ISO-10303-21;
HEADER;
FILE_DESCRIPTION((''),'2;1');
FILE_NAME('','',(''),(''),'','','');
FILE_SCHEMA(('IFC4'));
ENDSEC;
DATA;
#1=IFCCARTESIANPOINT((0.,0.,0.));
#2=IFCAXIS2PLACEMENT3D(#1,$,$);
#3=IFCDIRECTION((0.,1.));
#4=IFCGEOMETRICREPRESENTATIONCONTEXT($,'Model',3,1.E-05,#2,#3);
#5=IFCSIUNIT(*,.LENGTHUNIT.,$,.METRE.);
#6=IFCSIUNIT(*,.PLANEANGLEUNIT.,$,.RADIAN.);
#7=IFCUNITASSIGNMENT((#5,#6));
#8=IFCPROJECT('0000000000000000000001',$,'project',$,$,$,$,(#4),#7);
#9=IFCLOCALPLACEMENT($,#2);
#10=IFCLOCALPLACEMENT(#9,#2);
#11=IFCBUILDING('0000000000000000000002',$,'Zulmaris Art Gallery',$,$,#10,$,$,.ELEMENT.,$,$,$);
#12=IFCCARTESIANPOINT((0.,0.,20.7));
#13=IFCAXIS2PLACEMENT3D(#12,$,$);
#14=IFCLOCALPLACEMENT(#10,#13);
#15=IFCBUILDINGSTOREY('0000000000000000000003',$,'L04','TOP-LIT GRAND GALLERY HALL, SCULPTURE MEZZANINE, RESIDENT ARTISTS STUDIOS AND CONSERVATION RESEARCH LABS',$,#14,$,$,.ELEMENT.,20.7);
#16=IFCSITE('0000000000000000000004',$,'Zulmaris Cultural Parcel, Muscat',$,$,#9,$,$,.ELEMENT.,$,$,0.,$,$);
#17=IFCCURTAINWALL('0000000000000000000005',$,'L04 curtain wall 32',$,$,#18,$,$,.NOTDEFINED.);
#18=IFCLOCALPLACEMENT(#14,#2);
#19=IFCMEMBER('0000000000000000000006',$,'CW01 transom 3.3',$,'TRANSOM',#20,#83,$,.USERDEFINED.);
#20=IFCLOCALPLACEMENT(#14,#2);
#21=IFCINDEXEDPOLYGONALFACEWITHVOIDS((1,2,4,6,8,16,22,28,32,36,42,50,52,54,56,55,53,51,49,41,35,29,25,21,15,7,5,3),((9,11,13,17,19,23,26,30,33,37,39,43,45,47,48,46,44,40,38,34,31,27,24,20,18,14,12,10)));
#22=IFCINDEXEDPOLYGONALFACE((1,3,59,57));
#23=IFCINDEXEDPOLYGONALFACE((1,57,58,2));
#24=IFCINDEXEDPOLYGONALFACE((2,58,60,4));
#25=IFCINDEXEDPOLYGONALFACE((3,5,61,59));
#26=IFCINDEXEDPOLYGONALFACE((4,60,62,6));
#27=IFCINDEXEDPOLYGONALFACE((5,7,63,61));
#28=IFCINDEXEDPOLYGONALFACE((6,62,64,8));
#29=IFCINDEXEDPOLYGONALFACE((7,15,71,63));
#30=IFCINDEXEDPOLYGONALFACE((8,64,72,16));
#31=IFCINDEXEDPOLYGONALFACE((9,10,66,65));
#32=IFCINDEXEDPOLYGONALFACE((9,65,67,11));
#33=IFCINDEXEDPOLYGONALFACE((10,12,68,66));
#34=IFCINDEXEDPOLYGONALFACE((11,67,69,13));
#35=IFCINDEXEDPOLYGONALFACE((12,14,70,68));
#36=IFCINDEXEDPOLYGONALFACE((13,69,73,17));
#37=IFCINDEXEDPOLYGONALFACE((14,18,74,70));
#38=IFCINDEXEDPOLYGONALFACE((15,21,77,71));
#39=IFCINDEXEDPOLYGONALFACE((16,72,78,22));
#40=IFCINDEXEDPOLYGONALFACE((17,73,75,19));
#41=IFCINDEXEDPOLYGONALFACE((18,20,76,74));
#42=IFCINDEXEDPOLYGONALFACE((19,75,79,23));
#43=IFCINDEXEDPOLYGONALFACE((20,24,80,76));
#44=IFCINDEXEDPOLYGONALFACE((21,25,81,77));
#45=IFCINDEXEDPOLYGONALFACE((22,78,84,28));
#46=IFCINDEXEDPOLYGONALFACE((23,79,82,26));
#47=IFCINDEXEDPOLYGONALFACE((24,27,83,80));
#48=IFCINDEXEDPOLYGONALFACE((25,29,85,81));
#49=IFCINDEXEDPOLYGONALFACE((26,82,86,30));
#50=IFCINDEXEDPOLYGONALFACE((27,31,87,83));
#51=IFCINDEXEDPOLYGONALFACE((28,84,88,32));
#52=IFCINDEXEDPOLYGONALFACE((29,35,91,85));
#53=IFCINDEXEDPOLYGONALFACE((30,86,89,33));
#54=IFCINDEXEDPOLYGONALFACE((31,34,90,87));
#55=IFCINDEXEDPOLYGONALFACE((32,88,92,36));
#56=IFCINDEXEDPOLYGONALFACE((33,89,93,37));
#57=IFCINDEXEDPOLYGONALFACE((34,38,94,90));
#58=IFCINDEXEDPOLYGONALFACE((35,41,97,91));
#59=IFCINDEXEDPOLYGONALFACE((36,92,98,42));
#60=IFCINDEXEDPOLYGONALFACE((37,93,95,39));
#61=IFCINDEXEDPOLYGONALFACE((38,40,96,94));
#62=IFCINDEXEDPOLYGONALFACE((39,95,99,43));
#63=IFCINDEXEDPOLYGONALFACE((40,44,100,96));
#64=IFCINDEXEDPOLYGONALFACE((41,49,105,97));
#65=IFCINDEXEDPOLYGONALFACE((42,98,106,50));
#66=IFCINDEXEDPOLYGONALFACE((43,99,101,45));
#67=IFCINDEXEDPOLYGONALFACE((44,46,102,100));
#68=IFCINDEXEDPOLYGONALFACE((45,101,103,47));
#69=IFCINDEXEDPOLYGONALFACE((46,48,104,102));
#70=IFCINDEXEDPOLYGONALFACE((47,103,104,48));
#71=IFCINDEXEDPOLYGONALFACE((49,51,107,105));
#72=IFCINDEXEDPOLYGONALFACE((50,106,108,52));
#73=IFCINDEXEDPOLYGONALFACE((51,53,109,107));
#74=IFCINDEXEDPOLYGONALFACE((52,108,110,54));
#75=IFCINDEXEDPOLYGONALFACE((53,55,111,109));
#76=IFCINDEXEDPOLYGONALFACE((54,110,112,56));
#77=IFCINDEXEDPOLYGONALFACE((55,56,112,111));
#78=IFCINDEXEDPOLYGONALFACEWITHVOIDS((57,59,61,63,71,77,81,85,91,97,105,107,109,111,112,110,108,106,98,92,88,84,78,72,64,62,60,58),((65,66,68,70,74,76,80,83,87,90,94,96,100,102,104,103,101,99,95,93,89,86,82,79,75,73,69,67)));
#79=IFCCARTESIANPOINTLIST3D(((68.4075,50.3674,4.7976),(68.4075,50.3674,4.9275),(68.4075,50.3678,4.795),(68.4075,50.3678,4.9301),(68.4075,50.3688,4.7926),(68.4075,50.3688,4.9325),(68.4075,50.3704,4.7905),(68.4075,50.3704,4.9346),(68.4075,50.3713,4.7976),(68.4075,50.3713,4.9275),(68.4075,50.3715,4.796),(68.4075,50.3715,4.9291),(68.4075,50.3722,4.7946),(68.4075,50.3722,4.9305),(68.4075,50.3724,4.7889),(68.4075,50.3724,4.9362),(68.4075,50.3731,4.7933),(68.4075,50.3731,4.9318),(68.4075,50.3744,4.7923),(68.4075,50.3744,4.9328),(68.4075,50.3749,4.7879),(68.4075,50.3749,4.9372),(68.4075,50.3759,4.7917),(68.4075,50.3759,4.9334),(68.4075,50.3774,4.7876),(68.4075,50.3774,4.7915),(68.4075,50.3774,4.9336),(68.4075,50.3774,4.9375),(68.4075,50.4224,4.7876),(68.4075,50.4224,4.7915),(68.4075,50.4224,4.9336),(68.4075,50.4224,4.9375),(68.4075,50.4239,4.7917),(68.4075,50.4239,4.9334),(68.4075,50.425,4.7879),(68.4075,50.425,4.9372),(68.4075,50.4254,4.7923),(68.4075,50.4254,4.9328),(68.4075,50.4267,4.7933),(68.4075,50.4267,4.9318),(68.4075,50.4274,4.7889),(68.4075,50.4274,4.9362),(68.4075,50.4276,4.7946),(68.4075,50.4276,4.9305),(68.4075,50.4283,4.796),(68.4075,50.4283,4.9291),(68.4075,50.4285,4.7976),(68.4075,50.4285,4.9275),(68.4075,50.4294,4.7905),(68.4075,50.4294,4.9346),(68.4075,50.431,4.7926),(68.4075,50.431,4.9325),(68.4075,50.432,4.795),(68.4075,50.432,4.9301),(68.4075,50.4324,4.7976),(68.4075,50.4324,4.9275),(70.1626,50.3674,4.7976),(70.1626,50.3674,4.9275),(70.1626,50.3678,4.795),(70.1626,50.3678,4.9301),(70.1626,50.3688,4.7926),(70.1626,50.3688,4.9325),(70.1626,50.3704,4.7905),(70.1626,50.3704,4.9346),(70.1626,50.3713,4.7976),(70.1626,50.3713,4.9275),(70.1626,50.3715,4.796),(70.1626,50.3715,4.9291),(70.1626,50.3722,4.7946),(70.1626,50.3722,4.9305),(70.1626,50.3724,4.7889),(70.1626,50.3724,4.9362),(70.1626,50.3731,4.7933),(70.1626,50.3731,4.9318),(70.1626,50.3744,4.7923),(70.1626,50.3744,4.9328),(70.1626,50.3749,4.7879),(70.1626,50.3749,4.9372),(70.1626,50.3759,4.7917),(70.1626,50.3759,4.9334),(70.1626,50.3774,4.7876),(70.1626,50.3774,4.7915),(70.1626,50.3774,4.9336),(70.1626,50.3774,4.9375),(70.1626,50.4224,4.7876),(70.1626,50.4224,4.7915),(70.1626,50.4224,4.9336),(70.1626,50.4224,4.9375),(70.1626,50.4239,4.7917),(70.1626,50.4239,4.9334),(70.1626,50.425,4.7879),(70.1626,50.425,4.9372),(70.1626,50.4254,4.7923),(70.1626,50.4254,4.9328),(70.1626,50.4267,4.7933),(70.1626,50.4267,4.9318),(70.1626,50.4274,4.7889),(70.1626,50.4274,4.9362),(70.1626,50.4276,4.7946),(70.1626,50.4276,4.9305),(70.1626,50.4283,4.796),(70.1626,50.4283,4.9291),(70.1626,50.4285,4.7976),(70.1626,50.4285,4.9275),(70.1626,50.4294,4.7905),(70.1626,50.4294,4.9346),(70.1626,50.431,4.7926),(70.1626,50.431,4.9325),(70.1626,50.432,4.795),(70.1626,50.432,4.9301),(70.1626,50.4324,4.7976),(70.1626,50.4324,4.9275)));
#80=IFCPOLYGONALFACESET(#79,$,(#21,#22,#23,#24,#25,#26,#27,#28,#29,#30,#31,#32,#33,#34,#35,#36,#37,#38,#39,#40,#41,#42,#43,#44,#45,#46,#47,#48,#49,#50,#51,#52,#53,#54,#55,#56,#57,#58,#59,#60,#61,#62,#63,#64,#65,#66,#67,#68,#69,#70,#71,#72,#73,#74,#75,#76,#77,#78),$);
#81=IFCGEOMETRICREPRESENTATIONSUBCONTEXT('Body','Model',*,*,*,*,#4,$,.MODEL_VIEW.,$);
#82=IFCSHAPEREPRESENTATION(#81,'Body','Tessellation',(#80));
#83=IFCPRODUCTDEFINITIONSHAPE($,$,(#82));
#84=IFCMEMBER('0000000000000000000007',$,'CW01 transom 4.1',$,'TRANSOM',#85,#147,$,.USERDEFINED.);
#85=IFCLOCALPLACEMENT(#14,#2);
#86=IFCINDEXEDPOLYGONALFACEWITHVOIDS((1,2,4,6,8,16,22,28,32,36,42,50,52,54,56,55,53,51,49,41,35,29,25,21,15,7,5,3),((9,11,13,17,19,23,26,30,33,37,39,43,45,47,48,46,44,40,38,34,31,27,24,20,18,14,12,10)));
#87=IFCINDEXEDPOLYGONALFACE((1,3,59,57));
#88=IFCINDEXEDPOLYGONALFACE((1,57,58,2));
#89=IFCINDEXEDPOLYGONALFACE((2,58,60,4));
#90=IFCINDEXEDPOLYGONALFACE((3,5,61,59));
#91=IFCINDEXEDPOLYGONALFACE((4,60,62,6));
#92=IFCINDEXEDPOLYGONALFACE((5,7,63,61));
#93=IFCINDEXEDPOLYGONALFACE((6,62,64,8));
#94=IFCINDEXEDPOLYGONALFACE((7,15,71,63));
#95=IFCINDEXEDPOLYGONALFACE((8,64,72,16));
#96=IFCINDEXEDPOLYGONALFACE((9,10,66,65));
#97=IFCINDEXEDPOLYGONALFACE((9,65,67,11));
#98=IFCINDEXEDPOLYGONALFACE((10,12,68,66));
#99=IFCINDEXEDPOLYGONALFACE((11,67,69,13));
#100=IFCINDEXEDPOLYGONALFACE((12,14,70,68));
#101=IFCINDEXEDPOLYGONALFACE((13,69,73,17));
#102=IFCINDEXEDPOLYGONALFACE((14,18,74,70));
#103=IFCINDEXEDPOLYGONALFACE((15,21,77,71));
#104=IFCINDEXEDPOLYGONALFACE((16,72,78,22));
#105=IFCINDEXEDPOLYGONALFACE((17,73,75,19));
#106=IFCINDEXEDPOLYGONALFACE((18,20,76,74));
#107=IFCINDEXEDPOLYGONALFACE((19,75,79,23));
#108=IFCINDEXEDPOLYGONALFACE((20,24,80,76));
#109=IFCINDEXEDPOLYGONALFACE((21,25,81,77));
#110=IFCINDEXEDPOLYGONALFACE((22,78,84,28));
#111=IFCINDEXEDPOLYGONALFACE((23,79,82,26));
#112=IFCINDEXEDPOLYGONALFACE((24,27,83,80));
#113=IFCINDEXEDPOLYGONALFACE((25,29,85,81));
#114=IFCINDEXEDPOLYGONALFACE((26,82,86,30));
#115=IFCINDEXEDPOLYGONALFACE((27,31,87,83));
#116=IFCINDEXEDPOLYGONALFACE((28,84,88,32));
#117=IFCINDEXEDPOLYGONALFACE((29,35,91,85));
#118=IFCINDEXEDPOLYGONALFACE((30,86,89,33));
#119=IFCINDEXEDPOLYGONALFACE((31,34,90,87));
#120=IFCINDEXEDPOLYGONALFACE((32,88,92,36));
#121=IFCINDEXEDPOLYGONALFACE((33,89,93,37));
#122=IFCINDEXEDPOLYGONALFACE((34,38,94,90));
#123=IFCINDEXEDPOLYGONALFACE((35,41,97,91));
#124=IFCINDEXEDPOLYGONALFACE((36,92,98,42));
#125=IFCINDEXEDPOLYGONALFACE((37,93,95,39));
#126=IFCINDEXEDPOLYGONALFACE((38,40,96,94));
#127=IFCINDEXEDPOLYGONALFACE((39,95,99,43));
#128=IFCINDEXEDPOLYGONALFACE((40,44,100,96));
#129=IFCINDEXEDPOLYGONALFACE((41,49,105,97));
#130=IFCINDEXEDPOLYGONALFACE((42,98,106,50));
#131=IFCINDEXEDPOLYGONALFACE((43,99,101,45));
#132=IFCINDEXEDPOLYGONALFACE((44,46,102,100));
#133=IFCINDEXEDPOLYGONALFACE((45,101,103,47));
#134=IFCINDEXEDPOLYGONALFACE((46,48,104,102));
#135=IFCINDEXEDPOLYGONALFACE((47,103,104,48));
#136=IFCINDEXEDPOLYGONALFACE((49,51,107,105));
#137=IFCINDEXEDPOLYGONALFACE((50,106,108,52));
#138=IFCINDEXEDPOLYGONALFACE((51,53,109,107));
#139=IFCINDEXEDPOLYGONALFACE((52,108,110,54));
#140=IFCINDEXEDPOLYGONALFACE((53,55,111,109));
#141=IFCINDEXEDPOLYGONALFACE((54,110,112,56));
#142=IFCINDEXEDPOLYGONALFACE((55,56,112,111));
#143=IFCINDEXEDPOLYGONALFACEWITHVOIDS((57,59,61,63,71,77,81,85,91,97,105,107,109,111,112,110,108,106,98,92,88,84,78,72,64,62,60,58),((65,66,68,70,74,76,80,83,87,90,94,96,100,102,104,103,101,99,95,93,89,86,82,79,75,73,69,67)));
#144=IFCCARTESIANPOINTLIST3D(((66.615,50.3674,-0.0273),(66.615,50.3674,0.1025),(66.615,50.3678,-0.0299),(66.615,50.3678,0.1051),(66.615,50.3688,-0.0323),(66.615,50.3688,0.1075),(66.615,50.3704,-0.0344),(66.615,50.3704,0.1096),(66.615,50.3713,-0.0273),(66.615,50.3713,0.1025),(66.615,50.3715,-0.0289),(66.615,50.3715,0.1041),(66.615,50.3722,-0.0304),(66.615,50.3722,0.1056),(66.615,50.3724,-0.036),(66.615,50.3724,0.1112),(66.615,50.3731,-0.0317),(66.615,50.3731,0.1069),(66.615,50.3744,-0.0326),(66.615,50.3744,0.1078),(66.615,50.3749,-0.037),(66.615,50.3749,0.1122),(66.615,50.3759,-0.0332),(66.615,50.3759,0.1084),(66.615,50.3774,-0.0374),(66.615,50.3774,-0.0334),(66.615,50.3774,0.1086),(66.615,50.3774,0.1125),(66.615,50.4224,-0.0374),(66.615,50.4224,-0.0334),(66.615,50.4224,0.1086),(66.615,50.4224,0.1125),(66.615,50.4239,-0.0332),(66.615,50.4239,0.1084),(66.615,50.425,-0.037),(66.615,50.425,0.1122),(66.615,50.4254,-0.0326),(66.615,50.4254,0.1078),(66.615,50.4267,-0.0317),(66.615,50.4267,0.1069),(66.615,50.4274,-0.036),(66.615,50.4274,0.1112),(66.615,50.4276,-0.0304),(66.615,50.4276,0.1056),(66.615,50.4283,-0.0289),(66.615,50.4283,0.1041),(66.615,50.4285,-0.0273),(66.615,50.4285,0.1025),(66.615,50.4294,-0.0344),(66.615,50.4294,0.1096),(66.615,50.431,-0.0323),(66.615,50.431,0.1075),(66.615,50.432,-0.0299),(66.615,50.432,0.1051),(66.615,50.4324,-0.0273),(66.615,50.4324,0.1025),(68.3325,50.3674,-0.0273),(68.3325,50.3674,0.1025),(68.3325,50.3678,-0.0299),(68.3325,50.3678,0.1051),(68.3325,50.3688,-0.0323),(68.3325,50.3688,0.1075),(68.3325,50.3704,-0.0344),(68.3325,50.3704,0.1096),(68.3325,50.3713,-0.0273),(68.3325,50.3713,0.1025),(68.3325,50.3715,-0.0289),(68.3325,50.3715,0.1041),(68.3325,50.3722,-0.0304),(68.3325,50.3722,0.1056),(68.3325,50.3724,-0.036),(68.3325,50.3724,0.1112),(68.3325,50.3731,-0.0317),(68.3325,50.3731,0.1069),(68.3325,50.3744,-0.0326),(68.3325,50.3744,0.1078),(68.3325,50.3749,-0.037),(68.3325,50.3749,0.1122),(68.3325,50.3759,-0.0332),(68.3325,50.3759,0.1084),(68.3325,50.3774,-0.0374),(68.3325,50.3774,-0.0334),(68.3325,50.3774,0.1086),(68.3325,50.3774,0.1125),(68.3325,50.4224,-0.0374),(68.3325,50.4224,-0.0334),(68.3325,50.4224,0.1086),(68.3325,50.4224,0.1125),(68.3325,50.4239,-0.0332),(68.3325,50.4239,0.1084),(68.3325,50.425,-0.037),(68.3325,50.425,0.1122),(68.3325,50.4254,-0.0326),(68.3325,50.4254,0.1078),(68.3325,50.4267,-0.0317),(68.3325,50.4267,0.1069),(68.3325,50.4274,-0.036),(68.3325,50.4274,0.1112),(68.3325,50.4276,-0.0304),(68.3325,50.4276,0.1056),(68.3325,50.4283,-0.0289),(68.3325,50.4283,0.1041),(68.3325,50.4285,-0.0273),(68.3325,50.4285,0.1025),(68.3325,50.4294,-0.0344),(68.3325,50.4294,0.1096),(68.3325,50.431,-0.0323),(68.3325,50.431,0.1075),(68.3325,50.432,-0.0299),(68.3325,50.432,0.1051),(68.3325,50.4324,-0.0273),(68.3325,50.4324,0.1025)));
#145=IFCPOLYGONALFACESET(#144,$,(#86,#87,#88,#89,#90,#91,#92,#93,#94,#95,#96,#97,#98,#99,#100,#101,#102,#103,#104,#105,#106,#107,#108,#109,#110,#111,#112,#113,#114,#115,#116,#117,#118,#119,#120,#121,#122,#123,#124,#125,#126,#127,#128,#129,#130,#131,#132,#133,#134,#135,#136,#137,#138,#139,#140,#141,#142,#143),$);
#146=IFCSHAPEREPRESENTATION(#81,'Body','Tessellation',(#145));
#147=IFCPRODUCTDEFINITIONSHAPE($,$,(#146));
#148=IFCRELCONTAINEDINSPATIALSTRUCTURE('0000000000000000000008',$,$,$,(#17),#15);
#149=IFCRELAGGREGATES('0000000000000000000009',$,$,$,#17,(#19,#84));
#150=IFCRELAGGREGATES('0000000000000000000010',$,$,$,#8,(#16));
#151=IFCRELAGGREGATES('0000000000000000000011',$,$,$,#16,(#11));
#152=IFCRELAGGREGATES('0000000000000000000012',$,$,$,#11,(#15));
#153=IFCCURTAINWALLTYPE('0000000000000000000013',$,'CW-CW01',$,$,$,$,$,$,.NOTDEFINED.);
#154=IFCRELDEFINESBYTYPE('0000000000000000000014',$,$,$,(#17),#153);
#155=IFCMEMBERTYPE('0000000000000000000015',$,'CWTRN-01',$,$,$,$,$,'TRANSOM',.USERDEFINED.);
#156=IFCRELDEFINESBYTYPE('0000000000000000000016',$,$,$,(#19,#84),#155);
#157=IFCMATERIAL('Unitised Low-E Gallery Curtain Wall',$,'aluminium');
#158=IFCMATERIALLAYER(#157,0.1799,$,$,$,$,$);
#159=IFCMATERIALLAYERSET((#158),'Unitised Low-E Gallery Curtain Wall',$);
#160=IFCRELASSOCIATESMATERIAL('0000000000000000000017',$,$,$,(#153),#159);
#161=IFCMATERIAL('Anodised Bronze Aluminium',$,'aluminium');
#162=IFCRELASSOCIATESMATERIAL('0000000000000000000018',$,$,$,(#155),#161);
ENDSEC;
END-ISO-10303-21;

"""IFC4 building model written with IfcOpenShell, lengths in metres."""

from ifc_helpers import new_model, si_unit, direction, frame, origin, origin_2d, place, context, subcontext, project, spatial, hollow_rectangle, extrude, material, layer, layer_set, material_profile, profile_set, type_object, element, aggregate, save


model = new_model("IFC4")

# Units and contexts
model_context = context("Model", 3, precision=1e-05, world=origin(), true_north=direction((0.0, 1.0)))
body_context = subcontext(model_context, "Body", "Model", "MODEL_VIEW")
ifc_project = project(units=[si_unit("LENGTHUNIT", "METRE"), si_unit("PLANEANGLEUNIT", "RADIAN")], contexts=[model_context])

# Site, building, storey
site_placement = place(None, origin())
site = spatial("IfcSite", under=ifc_project, at=site_placement, Name="Zulmaris Cultural Parcel, Muscat", CompositionType="ELEMENT", RefElevation=0.0)
building_placement = place(site_placement, origin())
building = spatial("IfcBuilding", under=site, at=building_placement, Name="Zulmaris Art Gallery", CompositionType="ELEMENT")
storey_placement = place(building_placement, frame((0.0, 0.0, 20.7)))
storey = spatial("IfcBuildingStorey", under=building, at=storey_placement, Name="L04", Description="TOP-LIT GRAND GALLERY HALL, SCULPTURE MEZZANINE, RESIDENT ARTISTS STUDIOS AND CONSERVATION RESEARCH LABS", CompositionType="ELEMENT", Elevation=20.7)

# Curtain wall, members
ifc_material_1 = material(Name="Unitised Low-E Gallery Curtain Wall", Category="aluminium")
ifc_layer_1 = layer(ifc_material_1, 0.1799)
ifc_layer_set_1 = layer_set([ifc_layer_1], Name="Unitised Low-E Gallery Curtain Wall")
curtain_wall_type = type_object("IfcCurtainWallType", Name="CW-CW01", PredefinedType="NOTDEFINED", material=ifc_layer_set_1)
curtain_wall_placement = place(storey_placement, origin())
curtain_wall = element("IfcCurtainWall", 1, at=curtain_wall_placement, inside=storey, type_object=curtain_wall_type, Name="L04 curtain wall 32", PredefinedType="NOTDEFINED")
ifc_material_2 = material(Name="Anodised Bronze Aluminium", Category="aluminium")
ifc_material_profile_1 = material_profile(ifc_material_2, hollow_rectangle(XDim=0.0649, YDim=0.1499, WallThickness=0.0039, InnerFilletRadius=0.0061, OuterFilletRadius=0.01, at=origin_2d()), Name="ALU 65x150x4")
ifc_profile_set_1 = profile_set([ifc_material_profile_1], Name="Anodised Bronze Aluminium")
member_type_1 = type_object("IfcMemberType", Name="CWTRN-01", ElementType="TRANSOM", PredefinedType="USERDEFINED", material=ifc_profile_set_1)
member_1_placement = place(storey_placement, frame((70.1626, 50.3999, 4.8625), z_axis=(-1.0, 0.0, 0.0), x_axis=(0.0, -1.0, 0.0)))
member_1 = element("IfcMember", 2, at=member_1_placement, type_object=member_type_1, Name="CW01 transom 3.3", ObjectType="TRANSOM", PredefinedType="USERDEFINED", context=body_context, shape_type="SweptSolid", body=[
    extrude(hollow_rectangle(XDim=0.0649, YDim=0.1499, WallThickness=0.0039, InnerFilletRadius=0.0061, OuterFilletRadius=0.01, at=origin_2d()), origin(), (0.0, 0.0, 1.0), 1.7551),
])
member_2_placement = place(storey_placement, frame((68.3325, 50.3999, 0.0376), z_axis=(-1.0, 0.0, 0.0), x_axis=(0.0, -1.0, 0.0)))
member_2 = element("IfcMember", 3, at=member_2_placement, type_object=member_type_1, Name="CW01 transom 4.1", ObjectType="TRANSOM", PredefinedType="USERDEFINED", context=body_context, shape_type="SweptSolid", body=[
    extrude(hollow_rectangle(XDim=0.0649, YDim=0.1499, WallThickness=0.0039, InnerFilletRadius=0.0061, OuterFilletRadius=0.01, at=origin_2d()), origin(), (0.0, 0.0, 1.0), 1.7175),
])
aggregate(curtain_wall, [member_1, member_2])

save(model, "model.ifc")
